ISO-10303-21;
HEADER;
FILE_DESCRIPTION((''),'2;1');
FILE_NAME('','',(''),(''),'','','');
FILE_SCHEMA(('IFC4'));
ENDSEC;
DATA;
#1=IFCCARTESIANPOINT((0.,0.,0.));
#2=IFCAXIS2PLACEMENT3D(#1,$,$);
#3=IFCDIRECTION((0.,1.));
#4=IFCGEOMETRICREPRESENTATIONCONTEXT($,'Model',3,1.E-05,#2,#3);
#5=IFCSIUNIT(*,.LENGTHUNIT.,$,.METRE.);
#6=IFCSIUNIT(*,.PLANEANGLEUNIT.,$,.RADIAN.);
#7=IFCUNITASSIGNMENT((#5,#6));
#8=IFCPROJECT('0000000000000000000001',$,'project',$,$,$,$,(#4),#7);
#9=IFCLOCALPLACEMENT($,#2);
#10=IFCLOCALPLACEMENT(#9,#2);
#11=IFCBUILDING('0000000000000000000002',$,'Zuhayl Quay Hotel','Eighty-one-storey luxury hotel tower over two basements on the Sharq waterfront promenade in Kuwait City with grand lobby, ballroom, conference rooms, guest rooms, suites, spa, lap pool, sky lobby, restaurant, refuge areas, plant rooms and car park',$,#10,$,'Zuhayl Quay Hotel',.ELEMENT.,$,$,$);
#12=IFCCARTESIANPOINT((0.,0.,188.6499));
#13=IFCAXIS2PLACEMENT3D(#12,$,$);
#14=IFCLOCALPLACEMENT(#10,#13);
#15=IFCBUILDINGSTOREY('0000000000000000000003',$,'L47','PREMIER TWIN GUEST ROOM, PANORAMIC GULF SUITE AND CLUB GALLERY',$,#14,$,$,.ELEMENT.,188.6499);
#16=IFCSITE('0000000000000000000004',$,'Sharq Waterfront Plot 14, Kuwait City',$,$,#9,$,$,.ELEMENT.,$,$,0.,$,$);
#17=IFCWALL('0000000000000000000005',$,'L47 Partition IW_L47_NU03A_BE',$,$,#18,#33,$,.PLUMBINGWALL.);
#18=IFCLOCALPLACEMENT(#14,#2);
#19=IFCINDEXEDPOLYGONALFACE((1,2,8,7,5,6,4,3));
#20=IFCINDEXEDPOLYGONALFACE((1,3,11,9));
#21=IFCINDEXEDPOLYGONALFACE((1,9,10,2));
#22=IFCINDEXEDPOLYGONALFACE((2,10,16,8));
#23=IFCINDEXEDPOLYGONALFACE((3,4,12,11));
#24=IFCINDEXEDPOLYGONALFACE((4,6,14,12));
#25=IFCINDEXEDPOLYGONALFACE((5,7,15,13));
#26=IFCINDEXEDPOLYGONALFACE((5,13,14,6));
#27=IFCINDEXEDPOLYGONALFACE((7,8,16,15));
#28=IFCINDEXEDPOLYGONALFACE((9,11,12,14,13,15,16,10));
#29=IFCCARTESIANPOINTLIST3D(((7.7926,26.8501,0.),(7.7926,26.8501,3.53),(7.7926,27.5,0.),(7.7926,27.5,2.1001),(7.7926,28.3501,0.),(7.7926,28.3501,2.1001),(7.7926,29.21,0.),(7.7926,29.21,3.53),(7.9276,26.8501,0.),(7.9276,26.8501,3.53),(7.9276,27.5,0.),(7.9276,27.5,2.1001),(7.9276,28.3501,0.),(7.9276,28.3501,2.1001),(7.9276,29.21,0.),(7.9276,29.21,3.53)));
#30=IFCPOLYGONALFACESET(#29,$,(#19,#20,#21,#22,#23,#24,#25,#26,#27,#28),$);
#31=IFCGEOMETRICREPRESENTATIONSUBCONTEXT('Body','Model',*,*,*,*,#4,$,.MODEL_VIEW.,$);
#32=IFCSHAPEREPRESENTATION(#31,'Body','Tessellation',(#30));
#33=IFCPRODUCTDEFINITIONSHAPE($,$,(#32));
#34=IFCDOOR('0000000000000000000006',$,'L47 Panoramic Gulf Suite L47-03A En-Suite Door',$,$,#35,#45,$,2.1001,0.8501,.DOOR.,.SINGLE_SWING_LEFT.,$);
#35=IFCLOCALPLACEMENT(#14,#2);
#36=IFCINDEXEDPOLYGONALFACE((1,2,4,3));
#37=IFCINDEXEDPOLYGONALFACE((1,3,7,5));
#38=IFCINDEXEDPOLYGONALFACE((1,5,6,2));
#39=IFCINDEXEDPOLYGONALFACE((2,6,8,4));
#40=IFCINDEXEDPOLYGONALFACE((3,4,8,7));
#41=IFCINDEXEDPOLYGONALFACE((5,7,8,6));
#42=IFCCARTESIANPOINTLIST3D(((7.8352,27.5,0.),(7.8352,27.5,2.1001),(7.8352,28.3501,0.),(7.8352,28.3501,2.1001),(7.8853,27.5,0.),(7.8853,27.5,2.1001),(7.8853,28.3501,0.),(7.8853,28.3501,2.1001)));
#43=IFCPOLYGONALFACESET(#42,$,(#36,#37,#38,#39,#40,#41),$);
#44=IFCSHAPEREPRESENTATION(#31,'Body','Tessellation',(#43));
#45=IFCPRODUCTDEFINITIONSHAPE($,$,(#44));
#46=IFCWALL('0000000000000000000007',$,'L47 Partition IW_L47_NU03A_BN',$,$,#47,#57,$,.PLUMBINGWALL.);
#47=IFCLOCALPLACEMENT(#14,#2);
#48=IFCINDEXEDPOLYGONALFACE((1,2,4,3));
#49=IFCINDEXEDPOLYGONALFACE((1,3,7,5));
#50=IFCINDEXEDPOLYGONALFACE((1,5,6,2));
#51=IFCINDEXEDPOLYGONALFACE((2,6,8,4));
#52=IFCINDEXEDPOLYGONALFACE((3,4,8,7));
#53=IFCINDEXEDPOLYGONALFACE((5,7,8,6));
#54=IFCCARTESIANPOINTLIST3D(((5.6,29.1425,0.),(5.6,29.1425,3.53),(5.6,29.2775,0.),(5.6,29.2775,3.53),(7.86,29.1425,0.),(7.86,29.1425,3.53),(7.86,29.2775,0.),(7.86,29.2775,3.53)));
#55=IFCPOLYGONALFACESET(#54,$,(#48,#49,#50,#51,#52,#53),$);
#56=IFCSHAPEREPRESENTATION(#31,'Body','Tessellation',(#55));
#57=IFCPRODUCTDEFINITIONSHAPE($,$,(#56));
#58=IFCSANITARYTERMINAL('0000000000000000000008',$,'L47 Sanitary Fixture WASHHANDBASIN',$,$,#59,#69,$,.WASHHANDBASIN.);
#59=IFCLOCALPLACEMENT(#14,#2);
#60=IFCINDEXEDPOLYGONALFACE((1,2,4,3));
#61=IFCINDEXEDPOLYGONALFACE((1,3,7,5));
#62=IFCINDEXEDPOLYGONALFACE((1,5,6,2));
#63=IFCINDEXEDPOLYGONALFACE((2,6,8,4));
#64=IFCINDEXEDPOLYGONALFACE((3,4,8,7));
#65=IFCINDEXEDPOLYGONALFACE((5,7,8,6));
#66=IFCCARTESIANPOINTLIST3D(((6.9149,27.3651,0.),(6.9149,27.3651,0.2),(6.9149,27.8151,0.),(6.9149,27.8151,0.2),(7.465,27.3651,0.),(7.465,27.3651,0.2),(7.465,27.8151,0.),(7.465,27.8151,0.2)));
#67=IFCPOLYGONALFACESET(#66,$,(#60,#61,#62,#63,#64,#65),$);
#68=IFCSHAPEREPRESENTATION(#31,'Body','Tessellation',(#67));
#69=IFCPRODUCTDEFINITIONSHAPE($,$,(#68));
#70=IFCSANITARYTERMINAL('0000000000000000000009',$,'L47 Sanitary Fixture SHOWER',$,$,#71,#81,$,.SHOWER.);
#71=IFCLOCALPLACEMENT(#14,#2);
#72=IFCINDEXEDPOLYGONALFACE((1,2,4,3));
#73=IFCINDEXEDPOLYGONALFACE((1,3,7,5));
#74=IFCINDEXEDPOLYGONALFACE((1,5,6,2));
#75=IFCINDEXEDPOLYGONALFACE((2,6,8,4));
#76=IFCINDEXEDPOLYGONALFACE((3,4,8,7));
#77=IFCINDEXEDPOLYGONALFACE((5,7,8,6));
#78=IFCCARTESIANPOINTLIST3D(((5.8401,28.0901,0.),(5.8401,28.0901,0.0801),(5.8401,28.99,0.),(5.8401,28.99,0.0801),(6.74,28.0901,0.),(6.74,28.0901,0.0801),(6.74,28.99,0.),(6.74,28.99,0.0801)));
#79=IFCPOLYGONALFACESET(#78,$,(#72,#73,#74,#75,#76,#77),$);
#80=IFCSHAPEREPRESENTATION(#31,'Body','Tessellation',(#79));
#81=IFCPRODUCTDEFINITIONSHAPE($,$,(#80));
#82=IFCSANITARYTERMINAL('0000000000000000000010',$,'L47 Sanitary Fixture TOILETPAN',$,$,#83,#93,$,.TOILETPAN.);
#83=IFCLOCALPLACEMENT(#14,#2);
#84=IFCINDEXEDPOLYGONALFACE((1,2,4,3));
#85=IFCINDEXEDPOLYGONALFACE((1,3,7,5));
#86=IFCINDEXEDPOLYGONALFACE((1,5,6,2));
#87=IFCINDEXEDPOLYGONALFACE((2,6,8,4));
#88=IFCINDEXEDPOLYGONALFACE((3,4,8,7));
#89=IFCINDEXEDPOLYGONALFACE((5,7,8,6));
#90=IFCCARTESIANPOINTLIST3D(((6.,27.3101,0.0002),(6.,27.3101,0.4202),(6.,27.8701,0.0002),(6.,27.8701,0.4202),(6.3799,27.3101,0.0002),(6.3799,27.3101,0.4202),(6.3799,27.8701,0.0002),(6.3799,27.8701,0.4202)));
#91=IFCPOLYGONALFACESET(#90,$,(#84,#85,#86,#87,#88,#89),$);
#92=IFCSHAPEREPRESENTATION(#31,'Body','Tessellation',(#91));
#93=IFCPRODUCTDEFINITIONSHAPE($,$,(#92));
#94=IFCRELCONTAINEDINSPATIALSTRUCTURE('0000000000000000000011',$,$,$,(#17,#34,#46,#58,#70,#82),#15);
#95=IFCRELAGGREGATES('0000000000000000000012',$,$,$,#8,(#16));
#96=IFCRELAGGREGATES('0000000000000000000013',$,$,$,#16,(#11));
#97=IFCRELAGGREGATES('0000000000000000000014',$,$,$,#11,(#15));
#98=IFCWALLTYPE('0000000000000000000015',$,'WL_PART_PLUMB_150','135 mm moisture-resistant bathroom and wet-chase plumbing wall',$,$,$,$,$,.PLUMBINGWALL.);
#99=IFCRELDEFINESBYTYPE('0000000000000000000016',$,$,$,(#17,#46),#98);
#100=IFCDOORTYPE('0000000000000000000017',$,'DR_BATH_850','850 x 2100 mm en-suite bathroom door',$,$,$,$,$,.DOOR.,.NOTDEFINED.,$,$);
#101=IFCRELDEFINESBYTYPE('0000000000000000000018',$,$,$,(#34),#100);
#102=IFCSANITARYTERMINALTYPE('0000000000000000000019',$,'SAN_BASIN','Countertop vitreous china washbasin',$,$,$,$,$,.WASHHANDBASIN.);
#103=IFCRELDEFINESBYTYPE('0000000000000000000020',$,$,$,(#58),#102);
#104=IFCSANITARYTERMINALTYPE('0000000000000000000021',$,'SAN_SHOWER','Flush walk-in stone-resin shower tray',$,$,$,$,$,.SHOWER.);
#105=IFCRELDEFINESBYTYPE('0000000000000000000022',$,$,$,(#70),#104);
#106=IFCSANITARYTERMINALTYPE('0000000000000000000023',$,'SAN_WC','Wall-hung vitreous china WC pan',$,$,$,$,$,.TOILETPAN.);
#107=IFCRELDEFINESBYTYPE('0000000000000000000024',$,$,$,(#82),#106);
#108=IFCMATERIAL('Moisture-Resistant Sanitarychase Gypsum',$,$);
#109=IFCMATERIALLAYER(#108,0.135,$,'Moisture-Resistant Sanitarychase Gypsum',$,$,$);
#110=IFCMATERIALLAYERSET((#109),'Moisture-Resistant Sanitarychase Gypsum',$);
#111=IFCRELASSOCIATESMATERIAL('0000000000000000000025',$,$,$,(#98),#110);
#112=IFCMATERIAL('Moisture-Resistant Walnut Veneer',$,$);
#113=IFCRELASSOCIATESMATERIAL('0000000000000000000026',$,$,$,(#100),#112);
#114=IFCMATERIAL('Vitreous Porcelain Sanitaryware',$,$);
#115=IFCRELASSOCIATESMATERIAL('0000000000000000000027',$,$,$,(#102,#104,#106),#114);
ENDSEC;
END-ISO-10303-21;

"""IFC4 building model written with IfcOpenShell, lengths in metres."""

from ifc_helpers import new_model, si_unit, direction, frame, frame_2d, origin, origin_2d, place, context, subcontext, project, spatial, rectangle, extrude, material, layer, layer_set, type_object, element, fill, save


model = new_model("IFC4")

# Units and contexts
model_context = context("Model", 3, precision=1e-05, world=origin(), true_north=direction((0.0, 1.0)))
body_context = subcontext(model_context, "Body", "Model", "MODEL_VIEW")
ifc_project = project(units=[si_unit("LENGTHUNIT", "METRE"), si_unit("PLANEANGLEUNIT", "RADIAN")], contexts=[model_context])

# Site, building, storey
site_placement = place(None, origin())
site = spatial("IfcSite", under=ifc_project, at=site_placement, Name="Sharq Waterfront Plot 14, Kuwait City", CompositionType="ELEMENT", RefElevation=0.0)
building_placement = place(site_placement, origin())
building = spatial("IfcBuilding", under=site, at=building_placement, Name="Zuhayl Quay Hotel", Description="Eighty-one-storey luxury hotel tower over two basements on the Sharq waterfront promenade in Kuwait City with grand lobby, ballroom, conference rooms, guest rooms, suites, spa, lap pool, sky lobby, restaurant, refuge areas, plant rooms and car park", LongName="Zuhayl Quay Hotel", CompositionType="ELEMENT")
storey_placement = place(building_placement, frame((0.0, 0.0, 188.6499)))
storey = spatial("IfcBuildingStorey", under=building, at=storey_placement, Name="L47", Description="PREMIER TWIN GUEST ROOM, PANORAMIC GULF SUITE AND CLUB GALLERY", CompositionType="ELEMENT", Elevation=188.6499)

# Wall, opening, door
ifc_material_1 = material(Name="Moisture-Resistant Sanitarychase Gypsum")
ifc_layer_1 = layer(ifc_material_1, 0.135, Name="Moisture-Resistant Sanitarychase Gypsum")
ifc_layer_set_1 = layer_set([ifc_layer_1], Name="Moisture-Resistant Sanitarychase Gypsum")
wall_type_1 = type_object("IfcWallType", Name="WL_PART_PLUMB_150", Description="135 mm moisture-resistant bathroom and wet-chase plumbing wall", PredefinedType="PLUMBINGWALL", material=ifc_layer_set_1)
wall_1_placement = place(storey_placement, frame((7.8601, 26.8501, 0.0), z_axis=(0.0, 0.0, 1.0), x_axis=(0.0, 1.0, 0.0)))
wall_1 = element("IfcWall", 1, at=wall_1_placement, inside=storey, type_object=wall_type_1, Name="L47 Partition IW_L47_NU03A_BE", PredefinedType="PLUMBINGWALL", context=body_context, shape_type="SweptSolid", body=[
    extrude(rectangle(XDim=2.3599, YDim=0.135, at=frame_2d((1.1799, 0.0))), origin(), (0.0, 0.0, 1.0), 3.53),
])
opening_1_placement = place(wall_1_placement, frame((0.6499, 0.0, 0.0)))
opening_1 = element("IfcOpeningElement", 2, at=opening_1_placement, cuts=wall_1, PredefinedType="OPENING", context=body_context, shape_type="SweptSolid", body=[
    extrude(rectangle(XDim=0.8501, YDim=2.1001, at=frame_2d((0.425, 1.05))), frame((0.0, 0.0774, 0.0), z_axis=(0.0, -1.0, 0.0), x_axis=(1.0, 0.0, 0.0)), (0.0, 0.0, 1.0), 0.155),
])
ifc_material_2 = material(Name="Moisture-Resistant Walnut Veneer")
door_type_1 = type_object("IfcDoorType", Name="DR_BATH_850", Description="850 x 2100 mm en-suite bathroom door", OperationType="NOTDEFINED", PredefinedType="DOOR", material=ifc_material_2)
door_1_placement = place(opening_1_placement, origin())
door_1 = element("IfcDoor", 3, at=door_1_placement, inside=storey, type_object=door_type_1, Name="L47 Panoramic Gulf Suite L47-03A En-Suite Door", OperationType="SINGLE_SWING_LEFT", OverallHeight=2.1001, OverallWidth=0.8501, PredefinedType="DOOR", context=body_context, shape_type="SweptSolid", body=[
    extrude(rectangle(XDim=0.8501, YDim=2.1001, at=frame_2d((0.425, 1.05))), frame((0.0, 0.0249, 0.0), z_axis=(0.0, -1.0, 0.0), x_axis=(1.0, 0.0, 0.0)), (0.0, 0.0, 1.0), 0.05),
])
fill(opening_1, door_1)

# Wall
wall_2_placement = place(storey_placement, frame((5.6001, 29.21, 0.0), z_axis=(0.0, 0.0, 1.0), x_axis=(1.0, 0.0, 0.0)))
element("IfcWall", 4, at=wall_2_placement, inside=storey, type_object=wall_type_1, Name="L47 Partition IW_L47_NU03A_BN", PredefinedType="PLUMBINGWALL", context=body_context, shape_type="SweptSolid", body=[
    extrude(rectangle(XDim=2.26, YDim=0.135, at=frame_2d((1.1299, 0.0))), origin(), (0.0, 0.0, 1.0), 3.53),
])

# Sanitary terminals
ifc_material_3 = material(Name="Vitreous Porcelain Sanitaryware")
sanitary_terminal_type_1 = type_object("IfcSanitaryTerminalType", Name="SAN_BASIN", Description="Countertop vitreous china washbasin", PredefinedType="WASHHANDBASIN", material=ifc_material_3)
sanitary_terminal_1_placement = place(storey_placement, frame((7.1899, 27.5901, 0.0), z_axis=(0.0, 0.0, 1.0), x_axis=(1.0, 0.0, 0.0)))
element("IfcSanitaryTerminal", 5, at=sanitary_terminal_1_placement, inside=storey, type_object=sanitary_terminal_type_1, Name="L47 Sanitary Fixture WASHHANDBASIN", PredefinedType="WASHHANDBASIN", context=body_context, shape_type="SweptSolid", body=[
    extrude(rectangle(XDim=0.55, YDim=0.45, at=origin_2d()), origin(), (0.0, 0.0, 1.0), 0.2),
])
sanitary_terminal_type_2 = type_object("IfcSanitaryTerminalType", Name="SAN_SHOWER", Description="Flush walk-in stone-resin shower tray", PredefinedType="SHOWER", material=ifc_material_3)
sanitary_terminal_2_placement = place(storey_placement, frame((6.29, 28.54, 0.0), z_axis=(0.0, 0.0, 1.0), x_axis=(1.0, 0.0, 0.0)))
element("IfcSanitaryTerminal", 6, at=sanitary_terminal_2_placement, inside=storey, type_object=sanitary_terminal_type_2, Name="L47 Sanitary Fixture SHOWER", PredefinedType="SHOWER", context=body_context, shape_type="SweptSolid", body=[
    extrude(rectangle(XDim=0.8999, YDim=0.8999, at=origin_2d()), origin(), (0.0, 0.0, 1.0), 0.0801),
])
sanitary_terminal_type_3 = type_object("IfcSanitaryTerminalType", Name="SAN_WC", Description="Wall-hung vitreous china WC pan", PredefinedType="TOILETPAN", material=ifc_material_3)
sanitary_terminal_3_placement = place(storey_placement, frame((6.1899, 27.5901, 0.0002), z_axis=(0.0, 0.0, 1.0), x_axis=(1.0, 0.0, 0.0)))
element("IfcSanitaryTerminal", 7, at=sanitary_terminal_3_placement, inside=storey, type_object=sanitary_terminal_type_3, Name="L47 Sanitary Fixture TOILETPAN", PredefinedType="TOILETPAN", context=body_context, shape_type="SweptSolid", body=[
    extrude(rectangle(XDim=0.3799, YDim=0.5601, at=origin_2d()), origin(), (0.0, 0.0, 1.0), 0.4199),
])

save(model, "model.ifc")
